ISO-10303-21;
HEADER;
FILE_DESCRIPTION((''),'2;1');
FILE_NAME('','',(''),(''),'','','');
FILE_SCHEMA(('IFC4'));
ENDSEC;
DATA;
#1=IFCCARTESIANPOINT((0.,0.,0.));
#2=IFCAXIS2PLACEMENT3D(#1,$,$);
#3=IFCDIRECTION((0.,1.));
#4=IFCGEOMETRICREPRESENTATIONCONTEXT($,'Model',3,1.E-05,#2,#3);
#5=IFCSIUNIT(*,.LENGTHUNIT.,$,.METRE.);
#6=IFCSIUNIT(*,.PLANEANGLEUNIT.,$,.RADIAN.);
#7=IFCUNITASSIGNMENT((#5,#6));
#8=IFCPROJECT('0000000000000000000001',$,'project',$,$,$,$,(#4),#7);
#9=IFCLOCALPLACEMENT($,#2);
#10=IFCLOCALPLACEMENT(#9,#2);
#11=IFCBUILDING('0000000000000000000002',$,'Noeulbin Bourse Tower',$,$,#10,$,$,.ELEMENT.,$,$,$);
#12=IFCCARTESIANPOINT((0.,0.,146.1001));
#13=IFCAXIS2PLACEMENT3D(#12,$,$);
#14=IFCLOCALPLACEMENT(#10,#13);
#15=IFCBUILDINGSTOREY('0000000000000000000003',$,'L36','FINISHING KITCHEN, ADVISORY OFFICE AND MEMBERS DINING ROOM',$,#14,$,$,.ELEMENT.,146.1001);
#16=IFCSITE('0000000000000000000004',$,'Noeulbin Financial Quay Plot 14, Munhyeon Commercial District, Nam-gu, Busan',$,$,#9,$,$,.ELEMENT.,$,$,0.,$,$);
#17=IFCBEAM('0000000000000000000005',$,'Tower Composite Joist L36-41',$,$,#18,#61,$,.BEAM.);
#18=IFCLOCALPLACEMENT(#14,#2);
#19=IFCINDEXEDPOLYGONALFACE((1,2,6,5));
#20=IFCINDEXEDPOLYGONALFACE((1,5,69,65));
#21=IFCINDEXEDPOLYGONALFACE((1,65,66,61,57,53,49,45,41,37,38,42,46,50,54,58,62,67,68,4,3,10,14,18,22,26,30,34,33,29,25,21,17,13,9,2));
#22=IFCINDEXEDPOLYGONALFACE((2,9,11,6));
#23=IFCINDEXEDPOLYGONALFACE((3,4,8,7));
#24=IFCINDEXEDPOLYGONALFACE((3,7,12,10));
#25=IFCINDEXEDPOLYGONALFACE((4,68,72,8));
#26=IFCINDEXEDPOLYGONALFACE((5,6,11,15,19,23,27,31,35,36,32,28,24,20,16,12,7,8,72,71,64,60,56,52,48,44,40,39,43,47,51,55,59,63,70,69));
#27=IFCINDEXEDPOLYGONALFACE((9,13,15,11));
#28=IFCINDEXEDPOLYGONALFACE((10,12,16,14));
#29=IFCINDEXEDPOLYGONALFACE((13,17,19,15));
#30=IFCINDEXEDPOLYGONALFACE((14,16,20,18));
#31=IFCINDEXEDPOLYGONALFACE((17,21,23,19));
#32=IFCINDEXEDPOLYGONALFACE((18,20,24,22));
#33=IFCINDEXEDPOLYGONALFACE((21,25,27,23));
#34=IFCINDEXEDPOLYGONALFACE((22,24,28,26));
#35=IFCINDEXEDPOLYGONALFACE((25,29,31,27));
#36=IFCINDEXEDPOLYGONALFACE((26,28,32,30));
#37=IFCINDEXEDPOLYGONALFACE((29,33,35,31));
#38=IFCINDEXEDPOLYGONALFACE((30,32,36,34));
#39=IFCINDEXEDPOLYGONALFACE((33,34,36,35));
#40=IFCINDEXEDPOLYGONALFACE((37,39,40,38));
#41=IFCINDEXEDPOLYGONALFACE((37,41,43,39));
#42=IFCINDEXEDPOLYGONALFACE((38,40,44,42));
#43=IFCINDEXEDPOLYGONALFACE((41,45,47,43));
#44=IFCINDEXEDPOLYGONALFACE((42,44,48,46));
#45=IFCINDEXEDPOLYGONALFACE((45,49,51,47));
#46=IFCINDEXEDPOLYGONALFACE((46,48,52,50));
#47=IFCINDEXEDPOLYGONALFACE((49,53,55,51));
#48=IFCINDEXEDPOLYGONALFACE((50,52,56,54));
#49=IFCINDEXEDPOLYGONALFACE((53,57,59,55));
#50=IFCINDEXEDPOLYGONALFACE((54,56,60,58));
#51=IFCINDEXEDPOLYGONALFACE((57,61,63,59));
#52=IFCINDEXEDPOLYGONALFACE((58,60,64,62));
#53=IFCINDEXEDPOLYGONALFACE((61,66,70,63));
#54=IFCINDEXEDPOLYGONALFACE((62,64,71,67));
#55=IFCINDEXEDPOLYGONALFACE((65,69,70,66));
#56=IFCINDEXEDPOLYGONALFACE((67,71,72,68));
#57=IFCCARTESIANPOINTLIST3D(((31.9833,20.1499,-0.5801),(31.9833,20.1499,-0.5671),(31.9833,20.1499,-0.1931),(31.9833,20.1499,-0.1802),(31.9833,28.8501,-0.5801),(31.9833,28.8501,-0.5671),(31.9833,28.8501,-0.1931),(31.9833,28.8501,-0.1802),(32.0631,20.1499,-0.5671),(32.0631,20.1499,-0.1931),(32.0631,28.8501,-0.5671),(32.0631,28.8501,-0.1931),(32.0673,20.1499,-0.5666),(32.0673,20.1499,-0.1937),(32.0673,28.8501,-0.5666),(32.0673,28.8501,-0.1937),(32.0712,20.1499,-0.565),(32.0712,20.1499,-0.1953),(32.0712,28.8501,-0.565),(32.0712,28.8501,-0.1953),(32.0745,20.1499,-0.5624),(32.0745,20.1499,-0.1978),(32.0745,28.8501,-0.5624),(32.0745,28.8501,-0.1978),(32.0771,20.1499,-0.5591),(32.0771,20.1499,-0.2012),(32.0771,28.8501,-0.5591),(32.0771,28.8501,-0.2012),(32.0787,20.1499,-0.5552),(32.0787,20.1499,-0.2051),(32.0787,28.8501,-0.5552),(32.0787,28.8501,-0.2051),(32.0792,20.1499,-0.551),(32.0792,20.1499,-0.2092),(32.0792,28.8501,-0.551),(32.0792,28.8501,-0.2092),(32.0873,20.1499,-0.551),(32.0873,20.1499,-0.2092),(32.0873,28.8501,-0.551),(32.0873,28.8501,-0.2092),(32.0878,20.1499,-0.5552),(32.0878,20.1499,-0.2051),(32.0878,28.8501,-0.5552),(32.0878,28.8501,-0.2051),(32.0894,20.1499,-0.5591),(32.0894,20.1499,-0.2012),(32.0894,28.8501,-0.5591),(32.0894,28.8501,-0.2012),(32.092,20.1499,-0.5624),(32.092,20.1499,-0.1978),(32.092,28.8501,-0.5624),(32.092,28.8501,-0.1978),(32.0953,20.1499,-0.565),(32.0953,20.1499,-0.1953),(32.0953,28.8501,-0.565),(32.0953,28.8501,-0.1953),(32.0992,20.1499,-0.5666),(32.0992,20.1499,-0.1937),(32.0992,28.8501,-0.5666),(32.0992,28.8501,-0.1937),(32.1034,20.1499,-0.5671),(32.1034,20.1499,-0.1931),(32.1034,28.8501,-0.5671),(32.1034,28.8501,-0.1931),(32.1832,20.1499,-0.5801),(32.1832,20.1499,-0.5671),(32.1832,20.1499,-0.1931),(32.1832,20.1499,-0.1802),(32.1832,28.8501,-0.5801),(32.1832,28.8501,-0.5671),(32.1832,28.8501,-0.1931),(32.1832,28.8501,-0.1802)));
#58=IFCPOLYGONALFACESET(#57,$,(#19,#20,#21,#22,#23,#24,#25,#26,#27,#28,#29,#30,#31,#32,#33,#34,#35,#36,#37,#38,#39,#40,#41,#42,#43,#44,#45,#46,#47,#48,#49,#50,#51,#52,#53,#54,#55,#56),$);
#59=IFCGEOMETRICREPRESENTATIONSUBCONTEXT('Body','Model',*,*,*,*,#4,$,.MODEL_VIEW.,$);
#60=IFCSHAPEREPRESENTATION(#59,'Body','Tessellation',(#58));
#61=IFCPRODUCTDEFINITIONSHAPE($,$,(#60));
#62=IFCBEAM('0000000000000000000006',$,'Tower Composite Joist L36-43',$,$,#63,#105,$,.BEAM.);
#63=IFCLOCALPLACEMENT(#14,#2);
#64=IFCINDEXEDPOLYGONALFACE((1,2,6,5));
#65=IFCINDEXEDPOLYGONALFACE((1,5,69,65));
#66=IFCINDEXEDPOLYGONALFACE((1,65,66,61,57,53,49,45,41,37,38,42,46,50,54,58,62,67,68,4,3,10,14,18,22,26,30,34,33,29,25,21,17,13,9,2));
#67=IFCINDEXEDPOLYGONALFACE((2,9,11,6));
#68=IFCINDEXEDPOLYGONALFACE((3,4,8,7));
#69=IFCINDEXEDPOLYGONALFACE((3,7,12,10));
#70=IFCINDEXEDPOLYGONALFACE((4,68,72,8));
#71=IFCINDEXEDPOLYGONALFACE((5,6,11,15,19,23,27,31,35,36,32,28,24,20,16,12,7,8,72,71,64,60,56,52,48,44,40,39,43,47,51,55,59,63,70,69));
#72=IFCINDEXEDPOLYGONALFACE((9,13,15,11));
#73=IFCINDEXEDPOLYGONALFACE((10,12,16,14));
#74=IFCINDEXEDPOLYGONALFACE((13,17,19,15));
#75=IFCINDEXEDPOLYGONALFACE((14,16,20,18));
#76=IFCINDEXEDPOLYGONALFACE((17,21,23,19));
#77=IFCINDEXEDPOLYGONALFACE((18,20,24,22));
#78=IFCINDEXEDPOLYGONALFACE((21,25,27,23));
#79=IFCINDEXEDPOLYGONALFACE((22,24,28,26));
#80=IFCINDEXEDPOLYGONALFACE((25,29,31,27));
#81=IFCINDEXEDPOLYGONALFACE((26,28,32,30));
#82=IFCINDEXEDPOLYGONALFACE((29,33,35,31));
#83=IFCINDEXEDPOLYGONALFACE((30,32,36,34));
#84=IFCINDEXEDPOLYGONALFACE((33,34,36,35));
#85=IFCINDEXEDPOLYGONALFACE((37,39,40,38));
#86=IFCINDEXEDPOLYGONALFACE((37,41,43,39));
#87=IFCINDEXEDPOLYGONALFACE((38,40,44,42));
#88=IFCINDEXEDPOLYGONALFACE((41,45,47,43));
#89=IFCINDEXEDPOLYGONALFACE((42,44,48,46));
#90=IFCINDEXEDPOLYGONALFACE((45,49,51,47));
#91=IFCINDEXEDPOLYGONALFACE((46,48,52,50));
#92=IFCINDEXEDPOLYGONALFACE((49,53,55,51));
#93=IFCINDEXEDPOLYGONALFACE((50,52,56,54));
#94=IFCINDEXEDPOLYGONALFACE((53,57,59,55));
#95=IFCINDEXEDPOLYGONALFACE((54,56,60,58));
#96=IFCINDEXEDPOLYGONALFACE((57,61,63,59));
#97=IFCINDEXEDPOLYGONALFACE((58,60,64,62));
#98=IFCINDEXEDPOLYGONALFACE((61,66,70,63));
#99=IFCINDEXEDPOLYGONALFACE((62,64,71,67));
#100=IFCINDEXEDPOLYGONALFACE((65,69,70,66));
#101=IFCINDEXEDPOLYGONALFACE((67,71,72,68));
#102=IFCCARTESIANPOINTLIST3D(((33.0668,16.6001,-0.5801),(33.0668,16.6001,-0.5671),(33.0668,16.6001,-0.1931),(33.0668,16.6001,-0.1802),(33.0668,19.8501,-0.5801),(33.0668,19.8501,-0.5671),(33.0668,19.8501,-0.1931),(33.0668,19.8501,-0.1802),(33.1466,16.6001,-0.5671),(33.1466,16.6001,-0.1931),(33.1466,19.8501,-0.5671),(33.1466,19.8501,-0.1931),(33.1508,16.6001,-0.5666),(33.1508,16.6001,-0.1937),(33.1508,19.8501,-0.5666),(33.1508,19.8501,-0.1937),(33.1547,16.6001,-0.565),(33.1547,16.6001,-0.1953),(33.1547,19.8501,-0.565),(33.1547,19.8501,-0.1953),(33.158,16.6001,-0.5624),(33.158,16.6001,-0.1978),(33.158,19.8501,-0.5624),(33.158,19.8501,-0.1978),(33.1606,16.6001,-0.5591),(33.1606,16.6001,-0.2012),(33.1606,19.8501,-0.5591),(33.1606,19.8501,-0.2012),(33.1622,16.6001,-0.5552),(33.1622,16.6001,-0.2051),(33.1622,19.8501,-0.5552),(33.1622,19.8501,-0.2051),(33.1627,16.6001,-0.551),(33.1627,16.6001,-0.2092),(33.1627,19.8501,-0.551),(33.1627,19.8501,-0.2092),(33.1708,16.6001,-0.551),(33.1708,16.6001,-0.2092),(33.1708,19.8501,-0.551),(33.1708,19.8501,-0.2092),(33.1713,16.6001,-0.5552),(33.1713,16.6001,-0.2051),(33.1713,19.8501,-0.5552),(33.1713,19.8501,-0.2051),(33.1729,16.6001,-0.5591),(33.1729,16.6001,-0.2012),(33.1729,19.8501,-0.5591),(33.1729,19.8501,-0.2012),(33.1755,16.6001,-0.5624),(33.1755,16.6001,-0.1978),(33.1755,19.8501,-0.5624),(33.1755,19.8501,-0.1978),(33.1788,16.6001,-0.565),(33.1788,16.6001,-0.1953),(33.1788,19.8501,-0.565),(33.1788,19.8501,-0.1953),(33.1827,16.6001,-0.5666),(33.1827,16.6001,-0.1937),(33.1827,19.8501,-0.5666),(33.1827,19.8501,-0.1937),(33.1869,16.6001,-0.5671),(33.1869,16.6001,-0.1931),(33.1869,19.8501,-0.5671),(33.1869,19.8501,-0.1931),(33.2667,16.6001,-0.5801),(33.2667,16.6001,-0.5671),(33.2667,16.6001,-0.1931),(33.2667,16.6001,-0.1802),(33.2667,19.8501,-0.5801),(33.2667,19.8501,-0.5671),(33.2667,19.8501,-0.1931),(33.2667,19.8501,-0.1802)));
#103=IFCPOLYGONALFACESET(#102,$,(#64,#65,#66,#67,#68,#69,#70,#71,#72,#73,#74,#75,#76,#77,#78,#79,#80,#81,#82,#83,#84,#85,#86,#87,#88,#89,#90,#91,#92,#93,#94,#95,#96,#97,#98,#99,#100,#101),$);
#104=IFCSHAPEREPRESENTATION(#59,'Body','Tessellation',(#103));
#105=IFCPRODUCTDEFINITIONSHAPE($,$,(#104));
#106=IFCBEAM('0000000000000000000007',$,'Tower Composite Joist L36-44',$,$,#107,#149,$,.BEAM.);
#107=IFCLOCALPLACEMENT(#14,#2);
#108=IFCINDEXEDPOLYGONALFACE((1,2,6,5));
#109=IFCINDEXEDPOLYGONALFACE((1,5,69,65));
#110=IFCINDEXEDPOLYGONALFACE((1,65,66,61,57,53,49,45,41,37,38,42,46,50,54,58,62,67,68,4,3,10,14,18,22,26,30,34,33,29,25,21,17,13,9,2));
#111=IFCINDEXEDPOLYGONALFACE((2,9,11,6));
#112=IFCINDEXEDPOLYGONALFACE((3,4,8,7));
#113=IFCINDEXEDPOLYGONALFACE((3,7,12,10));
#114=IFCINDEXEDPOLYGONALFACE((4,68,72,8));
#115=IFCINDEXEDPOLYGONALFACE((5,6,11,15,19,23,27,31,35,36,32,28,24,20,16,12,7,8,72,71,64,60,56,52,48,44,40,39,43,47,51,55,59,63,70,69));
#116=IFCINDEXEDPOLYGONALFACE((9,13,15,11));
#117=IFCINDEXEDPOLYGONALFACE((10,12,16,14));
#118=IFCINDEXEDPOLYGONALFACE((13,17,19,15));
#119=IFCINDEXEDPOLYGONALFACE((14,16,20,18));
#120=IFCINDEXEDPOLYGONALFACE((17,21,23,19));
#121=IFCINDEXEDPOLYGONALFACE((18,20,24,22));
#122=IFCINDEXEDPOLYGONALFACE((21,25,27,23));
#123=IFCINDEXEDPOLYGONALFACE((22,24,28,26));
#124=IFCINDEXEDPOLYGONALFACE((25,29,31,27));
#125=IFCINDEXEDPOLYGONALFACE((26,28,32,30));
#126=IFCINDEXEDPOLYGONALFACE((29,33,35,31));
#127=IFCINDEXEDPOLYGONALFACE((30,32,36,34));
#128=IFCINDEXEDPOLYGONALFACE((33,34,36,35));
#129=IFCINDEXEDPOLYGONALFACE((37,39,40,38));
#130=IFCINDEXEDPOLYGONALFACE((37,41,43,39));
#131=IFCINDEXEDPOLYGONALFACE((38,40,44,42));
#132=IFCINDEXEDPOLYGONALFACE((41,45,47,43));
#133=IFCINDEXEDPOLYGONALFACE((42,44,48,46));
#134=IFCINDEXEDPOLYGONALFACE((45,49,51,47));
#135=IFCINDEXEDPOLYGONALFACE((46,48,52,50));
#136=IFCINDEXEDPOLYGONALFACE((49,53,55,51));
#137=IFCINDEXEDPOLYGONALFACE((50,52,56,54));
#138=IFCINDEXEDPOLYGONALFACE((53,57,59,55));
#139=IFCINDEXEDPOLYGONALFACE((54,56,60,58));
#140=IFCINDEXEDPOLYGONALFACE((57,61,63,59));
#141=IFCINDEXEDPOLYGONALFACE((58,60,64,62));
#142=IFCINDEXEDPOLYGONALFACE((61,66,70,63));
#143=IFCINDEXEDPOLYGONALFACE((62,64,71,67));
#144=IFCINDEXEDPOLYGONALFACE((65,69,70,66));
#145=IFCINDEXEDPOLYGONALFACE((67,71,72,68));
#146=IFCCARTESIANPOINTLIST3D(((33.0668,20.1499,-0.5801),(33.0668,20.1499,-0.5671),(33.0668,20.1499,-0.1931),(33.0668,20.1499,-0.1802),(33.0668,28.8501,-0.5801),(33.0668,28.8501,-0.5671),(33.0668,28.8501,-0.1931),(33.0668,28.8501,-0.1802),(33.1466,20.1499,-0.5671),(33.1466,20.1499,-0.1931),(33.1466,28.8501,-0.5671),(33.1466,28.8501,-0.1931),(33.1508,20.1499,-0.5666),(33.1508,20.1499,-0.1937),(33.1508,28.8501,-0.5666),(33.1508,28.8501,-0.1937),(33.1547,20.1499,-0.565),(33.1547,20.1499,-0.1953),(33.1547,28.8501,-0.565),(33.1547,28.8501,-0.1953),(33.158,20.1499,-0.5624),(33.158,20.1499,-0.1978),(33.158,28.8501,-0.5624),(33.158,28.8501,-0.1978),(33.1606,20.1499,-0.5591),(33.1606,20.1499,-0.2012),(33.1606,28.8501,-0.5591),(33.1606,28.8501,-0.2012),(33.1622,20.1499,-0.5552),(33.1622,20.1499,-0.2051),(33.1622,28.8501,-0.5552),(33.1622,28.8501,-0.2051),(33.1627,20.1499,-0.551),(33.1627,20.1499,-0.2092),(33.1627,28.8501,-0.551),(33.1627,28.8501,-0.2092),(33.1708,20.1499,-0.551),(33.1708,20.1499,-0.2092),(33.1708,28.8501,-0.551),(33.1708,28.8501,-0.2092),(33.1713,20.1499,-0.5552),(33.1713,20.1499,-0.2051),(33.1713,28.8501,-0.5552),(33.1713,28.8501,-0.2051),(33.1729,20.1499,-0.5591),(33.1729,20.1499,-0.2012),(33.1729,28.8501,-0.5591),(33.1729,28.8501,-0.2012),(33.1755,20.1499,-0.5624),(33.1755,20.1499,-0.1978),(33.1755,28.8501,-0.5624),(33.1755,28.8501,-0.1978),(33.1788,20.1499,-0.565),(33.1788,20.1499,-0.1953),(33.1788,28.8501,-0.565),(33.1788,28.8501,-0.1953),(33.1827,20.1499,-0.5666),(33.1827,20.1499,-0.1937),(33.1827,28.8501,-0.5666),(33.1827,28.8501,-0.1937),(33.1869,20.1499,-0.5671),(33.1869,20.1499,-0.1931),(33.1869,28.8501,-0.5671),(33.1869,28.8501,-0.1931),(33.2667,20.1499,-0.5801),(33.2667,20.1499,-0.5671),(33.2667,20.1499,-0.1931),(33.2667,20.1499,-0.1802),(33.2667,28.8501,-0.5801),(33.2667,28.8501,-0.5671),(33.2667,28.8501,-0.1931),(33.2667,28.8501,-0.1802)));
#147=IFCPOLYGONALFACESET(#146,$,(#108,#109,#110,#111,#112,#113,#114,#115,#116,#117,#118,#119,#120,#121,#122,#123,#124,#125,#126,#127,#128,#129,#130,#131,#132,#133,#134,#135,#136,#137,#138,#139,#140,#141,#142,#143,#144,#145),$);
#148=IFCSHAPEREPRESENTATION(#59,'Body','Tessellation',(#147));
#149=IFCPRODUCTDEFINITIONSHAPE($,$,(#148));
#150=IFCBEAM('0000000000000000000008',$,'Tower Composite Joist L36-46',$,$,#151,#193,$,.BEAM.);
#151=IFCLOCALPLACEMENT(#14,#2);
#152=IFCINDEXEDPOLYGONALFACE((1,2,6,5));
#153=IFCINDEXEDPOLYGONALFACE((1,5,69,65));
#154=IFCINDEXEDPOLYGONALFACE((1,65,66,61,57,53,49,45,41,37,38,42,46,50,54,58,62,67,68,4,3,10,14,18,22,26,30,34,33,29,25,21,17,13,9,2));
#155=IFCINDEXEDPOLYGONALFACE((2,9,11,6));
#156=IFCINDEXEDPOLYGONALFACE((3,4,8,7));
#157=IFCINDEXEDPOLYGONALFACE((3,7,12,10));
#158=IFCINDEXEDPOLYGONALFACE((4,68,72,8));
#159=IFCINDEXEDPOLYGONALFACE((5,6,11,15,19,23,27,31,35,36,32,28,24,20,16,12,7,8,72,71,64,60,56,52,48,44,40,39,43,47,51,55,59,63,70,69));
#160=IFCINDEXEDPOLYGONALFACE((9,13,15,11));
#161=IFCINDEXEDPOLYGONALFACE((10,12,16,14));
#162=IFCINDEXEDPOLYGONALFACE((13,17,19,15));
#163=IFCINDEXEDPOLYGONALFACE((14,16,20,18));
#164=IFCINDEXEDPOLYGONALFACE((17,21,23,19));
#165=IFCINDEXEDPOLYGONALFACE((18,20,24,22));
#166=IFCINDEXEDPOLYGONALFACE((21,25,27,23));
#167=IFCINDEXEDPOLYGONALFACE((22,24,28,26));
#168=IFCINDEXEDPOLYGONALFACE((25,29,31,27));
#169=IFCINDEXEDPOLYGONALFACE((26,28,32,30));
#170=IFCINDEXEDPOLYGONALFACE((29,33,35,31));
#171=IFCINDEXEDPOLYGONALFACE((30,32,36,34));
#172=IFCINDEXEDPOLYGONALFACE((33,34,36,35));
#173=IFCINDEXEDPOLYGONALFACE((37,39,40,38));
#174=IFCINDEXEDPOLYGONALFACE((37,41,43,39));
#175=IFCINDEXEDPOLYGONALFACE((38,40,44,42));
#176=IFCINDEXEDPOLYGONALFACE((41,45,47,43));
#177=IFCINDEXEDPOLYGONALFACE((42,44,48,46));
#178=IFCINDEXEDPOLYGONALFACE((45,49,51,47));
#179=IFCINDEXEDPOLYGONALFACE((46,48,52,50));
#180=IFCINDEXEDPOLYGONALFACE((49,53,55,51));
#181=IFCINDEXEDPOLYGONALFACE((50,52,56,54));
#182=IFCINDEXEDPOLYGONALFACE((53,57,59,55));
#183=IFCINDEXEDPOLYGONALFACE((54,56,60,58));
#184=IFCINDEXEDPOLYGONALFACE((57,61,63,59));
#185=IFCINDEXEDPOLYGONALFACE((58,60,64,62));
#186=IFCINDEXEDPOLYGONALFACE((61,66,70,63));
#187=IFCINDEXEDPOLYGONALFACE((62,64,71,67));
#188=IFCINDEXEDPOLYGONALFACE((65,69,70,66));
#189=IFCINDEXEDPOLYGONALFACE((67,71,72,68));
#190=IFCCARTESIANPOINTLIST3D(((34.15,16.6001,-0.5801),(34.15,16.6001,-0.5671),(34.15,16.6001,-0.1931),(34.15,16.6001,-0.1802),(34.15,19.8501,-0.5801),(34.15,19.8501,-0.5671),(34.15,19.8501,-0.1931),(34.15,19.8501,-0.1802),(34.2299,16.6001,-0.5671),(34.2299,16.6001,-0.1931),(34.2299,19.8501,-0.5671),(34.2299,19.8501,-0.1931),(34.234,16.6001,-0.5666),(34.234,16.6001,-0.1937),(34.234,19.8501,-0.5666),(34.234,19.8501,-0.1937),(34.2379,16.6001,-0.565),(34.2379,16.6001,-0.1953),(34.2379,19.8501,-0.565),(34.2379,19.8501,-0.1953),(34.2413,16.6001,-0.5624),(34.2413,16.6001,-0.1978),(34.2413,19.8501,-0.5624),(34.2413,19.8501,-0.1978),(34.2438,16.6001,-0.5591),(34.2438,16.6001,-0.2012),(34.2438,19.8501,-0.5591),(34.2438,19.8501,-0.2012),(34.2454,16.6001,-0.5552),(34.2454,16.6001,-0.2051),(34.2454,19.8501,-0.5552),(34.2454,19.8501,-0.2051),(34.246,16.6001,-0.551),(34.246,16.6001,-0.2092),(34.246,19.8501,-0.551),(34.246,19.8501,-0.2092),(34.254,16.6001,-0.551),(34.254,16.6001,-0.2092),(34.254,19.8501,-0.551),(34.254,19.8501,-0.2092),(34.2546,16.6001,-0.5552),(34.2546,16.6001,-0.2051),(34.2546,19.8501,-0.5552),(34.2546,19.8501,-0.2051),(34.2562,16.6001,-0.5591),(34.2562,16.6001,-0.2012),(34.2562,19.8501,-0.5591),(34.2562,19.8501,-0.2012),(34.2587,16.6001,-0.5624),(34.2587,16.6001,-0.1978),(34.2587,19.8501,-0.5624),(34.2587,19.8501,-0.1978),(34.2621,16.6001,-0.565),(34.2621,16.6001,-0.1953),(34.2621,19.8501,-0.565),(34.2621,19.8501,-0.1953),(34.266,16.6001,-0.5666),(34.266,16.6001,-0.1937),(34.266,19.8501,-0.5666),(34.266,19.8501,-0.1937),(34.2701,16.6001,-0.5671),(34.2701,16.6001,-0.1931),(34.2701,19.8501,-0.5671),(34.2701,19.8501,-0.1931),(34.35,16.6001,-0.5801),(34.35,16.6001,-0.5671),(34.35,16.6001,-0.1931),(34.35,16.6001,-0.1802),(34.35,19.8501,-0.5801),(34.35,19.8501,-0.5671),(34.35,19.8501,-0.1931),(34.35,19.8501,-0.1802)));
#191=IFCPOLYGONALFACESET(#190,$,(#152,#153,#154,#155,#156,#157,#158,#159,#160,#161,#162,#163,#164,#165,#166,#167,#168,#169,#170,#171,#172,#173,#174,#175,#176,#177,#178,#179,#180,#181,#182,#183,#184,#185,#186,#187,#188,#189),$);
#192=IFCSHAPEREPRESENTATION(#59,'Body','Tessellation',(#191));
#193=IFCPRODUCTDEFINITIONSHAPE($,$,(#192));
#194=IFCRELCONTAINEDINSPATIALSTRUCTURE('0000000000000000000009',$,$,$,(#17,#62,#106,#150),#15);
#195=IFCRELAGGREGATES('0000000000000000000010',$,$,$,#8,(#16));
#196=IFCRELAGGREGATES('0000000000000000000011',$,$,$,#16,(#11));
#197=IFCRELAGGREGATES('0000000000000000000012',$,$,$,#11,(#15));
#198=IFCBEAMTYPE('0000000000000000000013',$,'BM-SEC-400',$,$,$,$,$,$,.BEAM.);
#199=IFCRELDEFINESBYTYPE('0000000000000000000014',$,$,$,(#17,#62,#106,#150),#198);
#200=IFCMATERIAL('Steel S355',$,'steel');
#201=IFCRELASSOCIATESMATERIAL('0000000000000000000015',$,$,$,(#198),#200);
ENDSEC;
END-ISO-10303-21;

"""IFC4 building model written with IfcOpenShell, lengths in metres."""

from ifc_helpers import new_model, si_unit, direction, frame, origin, origin_2d, place, context, subcontext, project, spatial, i_section, extrude, material, material_profile, profile_set, type_object, element, save


model = new_model("IFC4")

# Units and contexts
model_context = context("Model", 3, precision=1e-05, world=origin(), true_north=direction((0.0, 1.0)))
body_context = subcontext(model_context, "Body", "Model", "MODEL_VIEW")
ifc_project = project(units=[si_unit("LENGTHUNIT", "METRE"), si_unit("PLANEANGLEUNIT", "RADIAN")], contexts=[model_context])

# Site, building, storey
site_placement = place(None, origin())
site = spatial("IfcSite", under=ifc_project, at=site_placement, Name="Noeulbin Financial Quay Plot 14, Munhyeon Commercial District, Nam-gu, Busan", CompositionType="ELEMENT", RefElevation=0.0)
building_placement = place(site_placement, origin())
building = spatial("IfcBuilding", under=site, at=building_placement, Name="Noeulbin Bourse Tower", CompositionType="ELEMENT")
storey_placement = place(building_placement, frame((0.0, 0.0, 146.1001)))
storey = spatial("IfcBuildingStorey", under=building, at=storey_placement, Name="L36", Description="FINISHING KITCHEN, ADVISORY OFFICE AND MEMBERS DINING ROOM", CompositionType="ELEMENT", Elevation=146.1001)

# Beams
ifc_material_1 = material(Name="Steel S355", Category="steel")
ifc_material_profile_1 = material_profile(ifc_material_1, i_section(OverallWidth=0.2, OverallDepth=0.3999, WebThickness=0.0081, FlangeThickness=0.0129, FilletRadius=0.0161, at=origin_2d()), Name="H-400x200x8x13", Category="LoadBearing")
ifc_profile_set_1 = profile_set([ifc_material_profile_1], Name="Steel S355")
beam_type_1 = type_object("IfcBeamType", Name="BM-SEC-400", PredefinedType="BEAM", material=ifc_profile_set_1)
beam_1_placement = place(storey_placement, frame((32.0833, 20.1499, -0.3801), z_axis=(0.0, 1.0, 0.0), x_axis=(-1.0, 0.0, 0.0)))
element("IfcBeam", 1, at=beam_1_placement, inside=storey, type_object=beam_type_1, Name="Tower Composite Joist L36-41", PredefinedType="BEAM", context=body_context, shape_type="SweptSolid", body=[
    extrude(i_section(OverallWidth=0.2, OverallDepth=0.3999, WebThickness=0.0081, FlangeThickness=0.0129, FilletRadius=0.0161, at=origin_2d()), origin(), (0.0, 0.0, 1.0), 8.7002),
])
beam_2_placement = place(storey_placement, frame((33.1667, 16.6001, -0.3801), z_axis=(0.0, 1.0, 0.0), x_axis=(-1.0, 0.0, 0.0)))
element("IfcBeam", 2, at=beam_2_placement, inside=storey, type_object=beam_type_1, Name="Tower Composite Joist L36-43", PredefinedType="BEAM", context=body_context, shape_type="SweptSolid", body=[
    extrude(i_section(OverallWidth=0.2, OverallDepth=0.3999, WebThickness=0.0081, FlangeThickness=0.0129, FilletRadius=0.0161, at=origin_2d()), origin(), (0.0, 0.0, 1.0), 3.25),
])
beam_3_placement = place(storey_placement, frame((33.1667, 20.1499, -0.3801), z_axis=(0.0, 1.0, 0.0), x_axis=(-1.0, 0.0, 0.0)))
element("IfcBeam", 3, at=beam_3_placement, inside=storey, type_object=beam_type_1, Name="Tower Composite Joist L36-44", PredefinedType="BEAM", context=body_context, shape_type="SweptSolid", body=[
    extrude(i_section(OverallWidth=0.2, OverallDepth=0.3999, WebThickness=0.0081, FlangeThickness=0.0129, FilletRadius=0.0161, at=origin_2d()), origin(), (0.0, 0.0, 1.0), 8.7002),
])
beam_4_placement = place(storey_placement, frame((34.25, 16.6001, -0.3801), z_axis=(0.0, 1.0, 0.0), x_axis=(-1.0, 0.0, 0.0)))
element("IfcBeam", 4, at=beam_4_placement, inside=storey, type_object=beam_type_1, Name="Tower Composite Joist L36-46", PredefinedType="BEAM", context=body_context, shape_type="SweptSolid", body=[
    extrude(i_section(OverallWidth=0.2, OverallDepth=0.3999, WebThickness=0.0081, FlangeThickness=0.0129, FilletRadius=0.0161, at=origin_2d()), origin(), (0.0, 0.0, 1.0), 3.25),
])

save(model, "model.ifc")
